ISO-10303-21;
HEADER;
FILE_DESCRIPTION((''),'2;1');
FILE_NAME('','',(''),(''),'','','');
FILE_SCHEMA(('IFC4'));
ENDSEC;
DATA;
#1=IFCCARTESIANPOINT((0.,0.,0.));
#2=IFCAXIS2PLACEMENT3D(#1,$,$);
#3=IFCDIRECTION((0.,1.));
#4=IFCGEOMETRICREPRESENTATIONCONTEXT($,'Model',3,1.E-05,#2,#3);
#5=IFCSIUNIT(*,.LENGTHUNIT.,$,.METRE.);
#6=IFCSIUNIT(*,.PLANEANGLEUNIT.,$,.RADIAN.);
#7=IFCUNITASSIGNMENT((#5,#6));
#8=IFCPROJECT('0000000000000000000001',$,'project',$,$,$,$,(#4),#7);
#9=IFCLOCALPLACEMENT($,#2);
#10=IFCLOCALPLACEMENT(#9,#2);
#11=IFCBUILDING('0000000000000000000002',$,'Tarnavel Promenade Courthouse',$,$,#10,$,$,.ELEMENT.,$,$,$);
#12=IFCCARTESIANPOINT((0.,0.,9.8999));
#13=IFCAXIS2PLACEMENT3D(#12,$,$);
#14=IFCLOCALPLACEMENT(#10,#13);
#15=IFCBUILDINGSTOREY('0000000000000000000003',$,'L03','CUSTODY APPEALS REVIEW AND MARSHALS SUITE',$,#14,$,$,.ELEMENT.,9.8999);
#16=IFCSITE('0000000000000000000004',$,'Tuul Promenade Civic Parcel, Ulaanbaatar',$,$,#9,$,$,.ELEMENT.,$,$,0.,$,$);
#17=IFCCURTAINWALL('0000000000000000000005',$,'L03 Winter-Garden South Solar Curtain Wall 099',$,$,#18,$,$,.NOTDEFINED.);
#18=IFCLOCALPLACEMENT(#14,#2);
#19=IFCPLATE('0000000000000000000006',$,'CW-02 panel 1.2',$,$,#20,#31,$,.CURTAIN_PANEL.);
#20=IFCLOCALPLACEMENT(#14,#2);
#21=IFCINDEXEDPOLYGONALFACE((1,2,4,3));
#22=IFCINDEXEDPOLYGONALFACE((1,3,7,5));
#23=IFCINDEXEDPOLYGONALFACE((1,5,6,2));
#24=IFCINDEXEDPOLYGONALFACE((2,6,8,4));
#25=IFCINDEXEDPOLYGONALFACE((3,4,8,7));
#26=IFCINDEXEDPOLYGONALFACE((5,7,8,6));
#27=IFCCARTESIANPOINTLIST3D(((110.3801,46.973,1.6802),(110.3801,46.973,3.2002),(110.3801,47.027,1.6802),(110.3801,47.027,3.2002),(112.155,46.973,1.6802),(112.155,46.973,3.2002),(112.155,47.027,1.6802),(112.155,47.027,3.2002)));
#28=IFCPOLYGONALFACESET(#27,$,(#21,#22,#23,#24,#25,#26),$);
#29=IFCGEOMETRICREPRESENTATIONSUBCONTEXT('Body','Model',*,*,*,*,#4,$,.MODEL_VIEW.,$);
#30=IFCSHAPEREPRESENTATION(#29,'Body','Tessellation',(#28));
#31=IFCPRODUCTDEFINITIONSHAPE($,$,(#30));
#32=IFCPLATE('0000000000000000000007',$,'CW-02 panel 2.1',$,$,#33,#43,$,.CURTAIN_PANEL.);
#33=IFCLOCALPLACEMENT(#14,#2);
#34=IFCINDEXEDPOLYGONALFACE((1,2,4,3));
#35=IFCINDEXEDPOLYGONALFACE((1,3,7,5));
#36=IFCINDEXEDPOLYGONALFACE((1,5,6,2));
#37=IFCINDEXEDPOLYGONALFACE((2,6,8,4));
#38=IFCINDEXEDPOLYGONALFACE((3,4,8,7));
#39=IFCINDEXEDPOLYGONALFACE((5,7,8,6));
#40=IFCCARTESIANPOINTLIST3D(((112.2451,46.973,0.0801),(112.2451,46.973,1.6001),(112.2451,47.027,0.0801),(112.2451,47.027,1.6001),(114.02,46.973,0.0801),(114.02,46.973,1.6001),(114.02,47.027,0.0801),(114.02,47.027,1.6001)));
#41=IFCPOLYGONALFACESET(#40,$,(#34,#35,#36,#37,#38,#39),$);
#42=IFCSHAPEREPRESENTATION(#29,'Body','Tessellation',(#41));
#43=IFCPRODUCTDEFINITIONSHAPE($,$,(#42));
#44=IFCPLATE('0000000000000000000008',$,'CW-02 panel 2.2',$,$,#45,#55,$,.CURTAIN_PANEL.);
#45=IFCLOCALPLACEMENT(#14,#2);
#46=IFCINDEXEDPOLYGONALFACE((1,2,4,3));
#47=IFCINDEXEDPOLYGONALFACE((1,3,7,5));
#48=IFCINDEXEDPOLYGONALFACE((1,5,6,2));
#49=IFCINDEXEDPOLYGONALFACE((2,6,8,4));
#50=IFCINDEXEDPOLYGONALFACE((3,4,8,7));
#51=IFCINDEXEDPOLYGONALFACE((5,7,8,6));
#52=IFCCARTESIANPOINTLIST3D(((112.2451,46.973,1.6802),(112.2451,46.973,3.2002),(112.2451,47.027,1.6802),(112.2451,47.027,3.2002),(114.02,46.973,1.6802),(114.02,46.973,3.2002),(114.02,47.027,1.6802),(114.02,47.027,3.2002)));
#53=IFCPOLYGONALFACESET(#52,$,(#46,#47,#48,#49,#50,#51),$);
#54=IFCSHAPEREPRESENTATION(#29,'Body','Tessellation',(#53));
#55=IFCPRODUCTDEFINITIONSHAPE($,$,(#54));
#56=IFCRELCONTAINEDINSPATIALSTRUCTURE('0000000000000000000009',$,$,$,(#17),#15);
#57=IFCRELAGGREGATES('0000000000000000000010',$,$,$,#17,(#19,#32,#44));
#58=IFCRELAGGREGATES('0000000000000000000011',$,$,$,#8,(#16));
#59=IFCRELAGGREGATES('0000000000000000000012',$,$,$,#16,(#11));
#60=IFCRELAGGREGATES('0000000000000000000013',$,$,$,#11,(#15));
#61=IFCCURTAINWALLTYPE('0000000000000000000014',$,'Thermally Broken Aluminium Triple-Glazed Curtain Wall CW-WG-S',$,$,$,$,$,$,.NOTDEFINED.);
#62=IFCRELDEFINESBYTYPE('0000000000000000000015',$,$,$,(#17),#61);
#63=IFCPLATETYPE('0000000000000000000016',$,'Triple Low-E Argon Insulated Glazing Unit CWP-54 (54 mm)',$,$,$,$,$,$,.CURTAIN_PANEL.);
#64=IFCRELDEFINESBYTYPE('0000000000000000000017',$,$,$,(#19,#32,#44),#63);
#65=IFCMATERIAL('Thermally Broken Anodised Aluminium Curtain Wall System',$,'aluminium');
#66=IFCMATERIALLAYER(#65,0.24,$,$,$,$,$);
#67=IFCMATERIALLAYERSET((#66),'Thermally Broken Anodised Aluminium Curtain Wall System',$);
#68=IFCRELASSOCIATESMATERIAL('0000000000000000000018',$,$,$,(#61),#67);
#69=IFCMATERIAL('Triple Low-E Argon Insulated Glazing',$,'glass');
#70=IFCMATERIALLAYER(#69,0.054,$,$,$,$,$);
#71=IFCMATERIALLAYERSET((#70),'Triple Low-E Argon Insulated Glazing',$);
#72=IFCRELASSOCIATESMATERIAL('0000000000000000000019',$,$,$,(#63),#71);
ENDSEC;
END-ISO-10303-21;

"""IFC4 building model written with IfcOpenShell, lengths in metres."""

from ifc_helpers import new_model, si_unit, direction, frame, origin, origin_2d, place, context, subcontext, project, spatial, rectangle, extrude, material, layer, layer_set, type_object, element, aggregate, save


model = new_model("IFC4")

# Units and contexts
model_context = context("Model", 3, precision=1e-05, world=origin(), true_north=direction((0.0, 1.0)))
body_context = subcontext(model_context, "Body", "Model", "MODEL_VIEW")
ifc_project = project(units=[si_unit("LENGTHUNIT", "METRE"), si_unit("PLANEANGLEUNIT", "RADIAN")], contexts=[model_context])

# Site, building, storey
site_placement = place(None, origin())
site = spatial("IfcSite", under=ifc_project, at=site_placement, Name="Tuul Promenade Civic Parcel, Ulaanbaatar", CompositionType="ELEMENT", RefElevation=0.0)
building_placement = place(site_placement, origin())
building = spatial("IfcBuilding", under=site, at=building_placement, Name="Tarnavel Promenade Courthouse", CompositionType="ELEMENT")
storey_placement = place(building_placement, frame((0.0, 0.0, 9.8999)))
storey = spatial("IfcBuildingStorey", under=building, at=storey_placement, Name="L03", Description="CUSTODY APPEALS REVIEW AND MARSHALS SUITE", CompositionType="ELEMENT", Elevation=9.8999)

# Curtain wall
ifc_material_1 = material(Name="Thermally Broken Anodised Aluminium Curtain Wall System", Category="aluminium")
ifc_layer_1 = layer(ifc_material_1, 0.24)
ifc_layer_set_1 = layer_set([ifc_layer_1], Name="Thermally Broken Anodised Aluminium Curtain Wall System")
curtain_wall_type = type_object("IfcCurtainWallType", Name="Thermally Broken Aluminium Triple-Glazed Curtain Wall CW-WG-S", PredefinedType="NOTDEFINED", material=ifc_layer_set_1)
curtain_wall_1_placement = place(storey_placement, origin())
curtain_wall_1 = element("IfcCurtainWall", 1, at=curtain_wall_1_placement, inside=storey, type_object=curtain_wall_type, Name="L03 Winter-Garden South Solar Curtain Wall 099", PredefinedType="NOTDEFINED")

# Plates
ifc_material_2 = material(Name="Triple Low-E Argon Insulated Glazing", Category="glass")
ifc_layer_2 = layer(ifc_material_2, 0.054)
ifc_layer_set_2 = layer_set([ifc_layer_2], Name="Triple Low-E Argon Insulated Glazing")
plate_type = type_object("IfcPlateType", Name="Triple Low-E Argon Insulated Glazing Unit CWP-54 (54 mm)", PredefinedType="CURTAIN_PANEL", material=ifc_layer_set_2)
plate_1_placement = place(storey_placement, frame((111.2676, 47.0, 1.6802), z_axis=(0.0, 0.0, 1.0), x_axis=(1.0, 0.0, 0.0)))
plate_1 = element("IfcPlate", 2, at=plate_1_placement, type_object=plate_type, Name="CW-02 panel 1.2", PredefinedType="CURTAIN_PANEL", context=body_context, shape_type="SweptSolid", body=[
    extrude(rectangle(XDim=1.7749, YDim=0.054, at=origin_2d()), origin(), (0.0, 0.0, 1.0), 1.52),
])
plate_2_placement = place(storey_placement, frame((113.1326, 47.0, 0.0801), z_axis=(0.0, 0.0, 1.0), x_axis=(1.0, 0.0, 0.0)))
plate_2 = element("IfcPlate", 3, at=plate_2_placement, type_object=plate_type, Name="CW-02 panel 2.1", PredefinedType="CURTAIN_PANEL", context=body_context, shape_type="SweptSolid", body=[
    extrude(rectangle(XDim=1.7749, YDim=0.054, at=origin_2d()), origin(), (0.0, 0.0, 1.0), 1.52),
])
plate_3_placement = place(storey_placement, frame((113.1326, 47.0, 1.6802), z_axis=(0.0, 0.0, 1.0), x_axis=(1.0, 0.0, 0.0)))
plate_3 = element("IfcPlate", 4, at=plate_3_placement, type_object=plate_type, Name="CW-02 panel 2.2", PredefinedType="CURTAIN_PANEL", context=body_context, shape_type="SweptSolid", body=[
    extrude(rectangle(XDim=1.7749, YDim=0.054, at=origin_2d()), origin(), (0.0, 0.0, 1.0), 1.52),
])
aggregate(curtain_wall_1, [plate_1, plate_2, plate_3])

save(model, "model.ifc")
